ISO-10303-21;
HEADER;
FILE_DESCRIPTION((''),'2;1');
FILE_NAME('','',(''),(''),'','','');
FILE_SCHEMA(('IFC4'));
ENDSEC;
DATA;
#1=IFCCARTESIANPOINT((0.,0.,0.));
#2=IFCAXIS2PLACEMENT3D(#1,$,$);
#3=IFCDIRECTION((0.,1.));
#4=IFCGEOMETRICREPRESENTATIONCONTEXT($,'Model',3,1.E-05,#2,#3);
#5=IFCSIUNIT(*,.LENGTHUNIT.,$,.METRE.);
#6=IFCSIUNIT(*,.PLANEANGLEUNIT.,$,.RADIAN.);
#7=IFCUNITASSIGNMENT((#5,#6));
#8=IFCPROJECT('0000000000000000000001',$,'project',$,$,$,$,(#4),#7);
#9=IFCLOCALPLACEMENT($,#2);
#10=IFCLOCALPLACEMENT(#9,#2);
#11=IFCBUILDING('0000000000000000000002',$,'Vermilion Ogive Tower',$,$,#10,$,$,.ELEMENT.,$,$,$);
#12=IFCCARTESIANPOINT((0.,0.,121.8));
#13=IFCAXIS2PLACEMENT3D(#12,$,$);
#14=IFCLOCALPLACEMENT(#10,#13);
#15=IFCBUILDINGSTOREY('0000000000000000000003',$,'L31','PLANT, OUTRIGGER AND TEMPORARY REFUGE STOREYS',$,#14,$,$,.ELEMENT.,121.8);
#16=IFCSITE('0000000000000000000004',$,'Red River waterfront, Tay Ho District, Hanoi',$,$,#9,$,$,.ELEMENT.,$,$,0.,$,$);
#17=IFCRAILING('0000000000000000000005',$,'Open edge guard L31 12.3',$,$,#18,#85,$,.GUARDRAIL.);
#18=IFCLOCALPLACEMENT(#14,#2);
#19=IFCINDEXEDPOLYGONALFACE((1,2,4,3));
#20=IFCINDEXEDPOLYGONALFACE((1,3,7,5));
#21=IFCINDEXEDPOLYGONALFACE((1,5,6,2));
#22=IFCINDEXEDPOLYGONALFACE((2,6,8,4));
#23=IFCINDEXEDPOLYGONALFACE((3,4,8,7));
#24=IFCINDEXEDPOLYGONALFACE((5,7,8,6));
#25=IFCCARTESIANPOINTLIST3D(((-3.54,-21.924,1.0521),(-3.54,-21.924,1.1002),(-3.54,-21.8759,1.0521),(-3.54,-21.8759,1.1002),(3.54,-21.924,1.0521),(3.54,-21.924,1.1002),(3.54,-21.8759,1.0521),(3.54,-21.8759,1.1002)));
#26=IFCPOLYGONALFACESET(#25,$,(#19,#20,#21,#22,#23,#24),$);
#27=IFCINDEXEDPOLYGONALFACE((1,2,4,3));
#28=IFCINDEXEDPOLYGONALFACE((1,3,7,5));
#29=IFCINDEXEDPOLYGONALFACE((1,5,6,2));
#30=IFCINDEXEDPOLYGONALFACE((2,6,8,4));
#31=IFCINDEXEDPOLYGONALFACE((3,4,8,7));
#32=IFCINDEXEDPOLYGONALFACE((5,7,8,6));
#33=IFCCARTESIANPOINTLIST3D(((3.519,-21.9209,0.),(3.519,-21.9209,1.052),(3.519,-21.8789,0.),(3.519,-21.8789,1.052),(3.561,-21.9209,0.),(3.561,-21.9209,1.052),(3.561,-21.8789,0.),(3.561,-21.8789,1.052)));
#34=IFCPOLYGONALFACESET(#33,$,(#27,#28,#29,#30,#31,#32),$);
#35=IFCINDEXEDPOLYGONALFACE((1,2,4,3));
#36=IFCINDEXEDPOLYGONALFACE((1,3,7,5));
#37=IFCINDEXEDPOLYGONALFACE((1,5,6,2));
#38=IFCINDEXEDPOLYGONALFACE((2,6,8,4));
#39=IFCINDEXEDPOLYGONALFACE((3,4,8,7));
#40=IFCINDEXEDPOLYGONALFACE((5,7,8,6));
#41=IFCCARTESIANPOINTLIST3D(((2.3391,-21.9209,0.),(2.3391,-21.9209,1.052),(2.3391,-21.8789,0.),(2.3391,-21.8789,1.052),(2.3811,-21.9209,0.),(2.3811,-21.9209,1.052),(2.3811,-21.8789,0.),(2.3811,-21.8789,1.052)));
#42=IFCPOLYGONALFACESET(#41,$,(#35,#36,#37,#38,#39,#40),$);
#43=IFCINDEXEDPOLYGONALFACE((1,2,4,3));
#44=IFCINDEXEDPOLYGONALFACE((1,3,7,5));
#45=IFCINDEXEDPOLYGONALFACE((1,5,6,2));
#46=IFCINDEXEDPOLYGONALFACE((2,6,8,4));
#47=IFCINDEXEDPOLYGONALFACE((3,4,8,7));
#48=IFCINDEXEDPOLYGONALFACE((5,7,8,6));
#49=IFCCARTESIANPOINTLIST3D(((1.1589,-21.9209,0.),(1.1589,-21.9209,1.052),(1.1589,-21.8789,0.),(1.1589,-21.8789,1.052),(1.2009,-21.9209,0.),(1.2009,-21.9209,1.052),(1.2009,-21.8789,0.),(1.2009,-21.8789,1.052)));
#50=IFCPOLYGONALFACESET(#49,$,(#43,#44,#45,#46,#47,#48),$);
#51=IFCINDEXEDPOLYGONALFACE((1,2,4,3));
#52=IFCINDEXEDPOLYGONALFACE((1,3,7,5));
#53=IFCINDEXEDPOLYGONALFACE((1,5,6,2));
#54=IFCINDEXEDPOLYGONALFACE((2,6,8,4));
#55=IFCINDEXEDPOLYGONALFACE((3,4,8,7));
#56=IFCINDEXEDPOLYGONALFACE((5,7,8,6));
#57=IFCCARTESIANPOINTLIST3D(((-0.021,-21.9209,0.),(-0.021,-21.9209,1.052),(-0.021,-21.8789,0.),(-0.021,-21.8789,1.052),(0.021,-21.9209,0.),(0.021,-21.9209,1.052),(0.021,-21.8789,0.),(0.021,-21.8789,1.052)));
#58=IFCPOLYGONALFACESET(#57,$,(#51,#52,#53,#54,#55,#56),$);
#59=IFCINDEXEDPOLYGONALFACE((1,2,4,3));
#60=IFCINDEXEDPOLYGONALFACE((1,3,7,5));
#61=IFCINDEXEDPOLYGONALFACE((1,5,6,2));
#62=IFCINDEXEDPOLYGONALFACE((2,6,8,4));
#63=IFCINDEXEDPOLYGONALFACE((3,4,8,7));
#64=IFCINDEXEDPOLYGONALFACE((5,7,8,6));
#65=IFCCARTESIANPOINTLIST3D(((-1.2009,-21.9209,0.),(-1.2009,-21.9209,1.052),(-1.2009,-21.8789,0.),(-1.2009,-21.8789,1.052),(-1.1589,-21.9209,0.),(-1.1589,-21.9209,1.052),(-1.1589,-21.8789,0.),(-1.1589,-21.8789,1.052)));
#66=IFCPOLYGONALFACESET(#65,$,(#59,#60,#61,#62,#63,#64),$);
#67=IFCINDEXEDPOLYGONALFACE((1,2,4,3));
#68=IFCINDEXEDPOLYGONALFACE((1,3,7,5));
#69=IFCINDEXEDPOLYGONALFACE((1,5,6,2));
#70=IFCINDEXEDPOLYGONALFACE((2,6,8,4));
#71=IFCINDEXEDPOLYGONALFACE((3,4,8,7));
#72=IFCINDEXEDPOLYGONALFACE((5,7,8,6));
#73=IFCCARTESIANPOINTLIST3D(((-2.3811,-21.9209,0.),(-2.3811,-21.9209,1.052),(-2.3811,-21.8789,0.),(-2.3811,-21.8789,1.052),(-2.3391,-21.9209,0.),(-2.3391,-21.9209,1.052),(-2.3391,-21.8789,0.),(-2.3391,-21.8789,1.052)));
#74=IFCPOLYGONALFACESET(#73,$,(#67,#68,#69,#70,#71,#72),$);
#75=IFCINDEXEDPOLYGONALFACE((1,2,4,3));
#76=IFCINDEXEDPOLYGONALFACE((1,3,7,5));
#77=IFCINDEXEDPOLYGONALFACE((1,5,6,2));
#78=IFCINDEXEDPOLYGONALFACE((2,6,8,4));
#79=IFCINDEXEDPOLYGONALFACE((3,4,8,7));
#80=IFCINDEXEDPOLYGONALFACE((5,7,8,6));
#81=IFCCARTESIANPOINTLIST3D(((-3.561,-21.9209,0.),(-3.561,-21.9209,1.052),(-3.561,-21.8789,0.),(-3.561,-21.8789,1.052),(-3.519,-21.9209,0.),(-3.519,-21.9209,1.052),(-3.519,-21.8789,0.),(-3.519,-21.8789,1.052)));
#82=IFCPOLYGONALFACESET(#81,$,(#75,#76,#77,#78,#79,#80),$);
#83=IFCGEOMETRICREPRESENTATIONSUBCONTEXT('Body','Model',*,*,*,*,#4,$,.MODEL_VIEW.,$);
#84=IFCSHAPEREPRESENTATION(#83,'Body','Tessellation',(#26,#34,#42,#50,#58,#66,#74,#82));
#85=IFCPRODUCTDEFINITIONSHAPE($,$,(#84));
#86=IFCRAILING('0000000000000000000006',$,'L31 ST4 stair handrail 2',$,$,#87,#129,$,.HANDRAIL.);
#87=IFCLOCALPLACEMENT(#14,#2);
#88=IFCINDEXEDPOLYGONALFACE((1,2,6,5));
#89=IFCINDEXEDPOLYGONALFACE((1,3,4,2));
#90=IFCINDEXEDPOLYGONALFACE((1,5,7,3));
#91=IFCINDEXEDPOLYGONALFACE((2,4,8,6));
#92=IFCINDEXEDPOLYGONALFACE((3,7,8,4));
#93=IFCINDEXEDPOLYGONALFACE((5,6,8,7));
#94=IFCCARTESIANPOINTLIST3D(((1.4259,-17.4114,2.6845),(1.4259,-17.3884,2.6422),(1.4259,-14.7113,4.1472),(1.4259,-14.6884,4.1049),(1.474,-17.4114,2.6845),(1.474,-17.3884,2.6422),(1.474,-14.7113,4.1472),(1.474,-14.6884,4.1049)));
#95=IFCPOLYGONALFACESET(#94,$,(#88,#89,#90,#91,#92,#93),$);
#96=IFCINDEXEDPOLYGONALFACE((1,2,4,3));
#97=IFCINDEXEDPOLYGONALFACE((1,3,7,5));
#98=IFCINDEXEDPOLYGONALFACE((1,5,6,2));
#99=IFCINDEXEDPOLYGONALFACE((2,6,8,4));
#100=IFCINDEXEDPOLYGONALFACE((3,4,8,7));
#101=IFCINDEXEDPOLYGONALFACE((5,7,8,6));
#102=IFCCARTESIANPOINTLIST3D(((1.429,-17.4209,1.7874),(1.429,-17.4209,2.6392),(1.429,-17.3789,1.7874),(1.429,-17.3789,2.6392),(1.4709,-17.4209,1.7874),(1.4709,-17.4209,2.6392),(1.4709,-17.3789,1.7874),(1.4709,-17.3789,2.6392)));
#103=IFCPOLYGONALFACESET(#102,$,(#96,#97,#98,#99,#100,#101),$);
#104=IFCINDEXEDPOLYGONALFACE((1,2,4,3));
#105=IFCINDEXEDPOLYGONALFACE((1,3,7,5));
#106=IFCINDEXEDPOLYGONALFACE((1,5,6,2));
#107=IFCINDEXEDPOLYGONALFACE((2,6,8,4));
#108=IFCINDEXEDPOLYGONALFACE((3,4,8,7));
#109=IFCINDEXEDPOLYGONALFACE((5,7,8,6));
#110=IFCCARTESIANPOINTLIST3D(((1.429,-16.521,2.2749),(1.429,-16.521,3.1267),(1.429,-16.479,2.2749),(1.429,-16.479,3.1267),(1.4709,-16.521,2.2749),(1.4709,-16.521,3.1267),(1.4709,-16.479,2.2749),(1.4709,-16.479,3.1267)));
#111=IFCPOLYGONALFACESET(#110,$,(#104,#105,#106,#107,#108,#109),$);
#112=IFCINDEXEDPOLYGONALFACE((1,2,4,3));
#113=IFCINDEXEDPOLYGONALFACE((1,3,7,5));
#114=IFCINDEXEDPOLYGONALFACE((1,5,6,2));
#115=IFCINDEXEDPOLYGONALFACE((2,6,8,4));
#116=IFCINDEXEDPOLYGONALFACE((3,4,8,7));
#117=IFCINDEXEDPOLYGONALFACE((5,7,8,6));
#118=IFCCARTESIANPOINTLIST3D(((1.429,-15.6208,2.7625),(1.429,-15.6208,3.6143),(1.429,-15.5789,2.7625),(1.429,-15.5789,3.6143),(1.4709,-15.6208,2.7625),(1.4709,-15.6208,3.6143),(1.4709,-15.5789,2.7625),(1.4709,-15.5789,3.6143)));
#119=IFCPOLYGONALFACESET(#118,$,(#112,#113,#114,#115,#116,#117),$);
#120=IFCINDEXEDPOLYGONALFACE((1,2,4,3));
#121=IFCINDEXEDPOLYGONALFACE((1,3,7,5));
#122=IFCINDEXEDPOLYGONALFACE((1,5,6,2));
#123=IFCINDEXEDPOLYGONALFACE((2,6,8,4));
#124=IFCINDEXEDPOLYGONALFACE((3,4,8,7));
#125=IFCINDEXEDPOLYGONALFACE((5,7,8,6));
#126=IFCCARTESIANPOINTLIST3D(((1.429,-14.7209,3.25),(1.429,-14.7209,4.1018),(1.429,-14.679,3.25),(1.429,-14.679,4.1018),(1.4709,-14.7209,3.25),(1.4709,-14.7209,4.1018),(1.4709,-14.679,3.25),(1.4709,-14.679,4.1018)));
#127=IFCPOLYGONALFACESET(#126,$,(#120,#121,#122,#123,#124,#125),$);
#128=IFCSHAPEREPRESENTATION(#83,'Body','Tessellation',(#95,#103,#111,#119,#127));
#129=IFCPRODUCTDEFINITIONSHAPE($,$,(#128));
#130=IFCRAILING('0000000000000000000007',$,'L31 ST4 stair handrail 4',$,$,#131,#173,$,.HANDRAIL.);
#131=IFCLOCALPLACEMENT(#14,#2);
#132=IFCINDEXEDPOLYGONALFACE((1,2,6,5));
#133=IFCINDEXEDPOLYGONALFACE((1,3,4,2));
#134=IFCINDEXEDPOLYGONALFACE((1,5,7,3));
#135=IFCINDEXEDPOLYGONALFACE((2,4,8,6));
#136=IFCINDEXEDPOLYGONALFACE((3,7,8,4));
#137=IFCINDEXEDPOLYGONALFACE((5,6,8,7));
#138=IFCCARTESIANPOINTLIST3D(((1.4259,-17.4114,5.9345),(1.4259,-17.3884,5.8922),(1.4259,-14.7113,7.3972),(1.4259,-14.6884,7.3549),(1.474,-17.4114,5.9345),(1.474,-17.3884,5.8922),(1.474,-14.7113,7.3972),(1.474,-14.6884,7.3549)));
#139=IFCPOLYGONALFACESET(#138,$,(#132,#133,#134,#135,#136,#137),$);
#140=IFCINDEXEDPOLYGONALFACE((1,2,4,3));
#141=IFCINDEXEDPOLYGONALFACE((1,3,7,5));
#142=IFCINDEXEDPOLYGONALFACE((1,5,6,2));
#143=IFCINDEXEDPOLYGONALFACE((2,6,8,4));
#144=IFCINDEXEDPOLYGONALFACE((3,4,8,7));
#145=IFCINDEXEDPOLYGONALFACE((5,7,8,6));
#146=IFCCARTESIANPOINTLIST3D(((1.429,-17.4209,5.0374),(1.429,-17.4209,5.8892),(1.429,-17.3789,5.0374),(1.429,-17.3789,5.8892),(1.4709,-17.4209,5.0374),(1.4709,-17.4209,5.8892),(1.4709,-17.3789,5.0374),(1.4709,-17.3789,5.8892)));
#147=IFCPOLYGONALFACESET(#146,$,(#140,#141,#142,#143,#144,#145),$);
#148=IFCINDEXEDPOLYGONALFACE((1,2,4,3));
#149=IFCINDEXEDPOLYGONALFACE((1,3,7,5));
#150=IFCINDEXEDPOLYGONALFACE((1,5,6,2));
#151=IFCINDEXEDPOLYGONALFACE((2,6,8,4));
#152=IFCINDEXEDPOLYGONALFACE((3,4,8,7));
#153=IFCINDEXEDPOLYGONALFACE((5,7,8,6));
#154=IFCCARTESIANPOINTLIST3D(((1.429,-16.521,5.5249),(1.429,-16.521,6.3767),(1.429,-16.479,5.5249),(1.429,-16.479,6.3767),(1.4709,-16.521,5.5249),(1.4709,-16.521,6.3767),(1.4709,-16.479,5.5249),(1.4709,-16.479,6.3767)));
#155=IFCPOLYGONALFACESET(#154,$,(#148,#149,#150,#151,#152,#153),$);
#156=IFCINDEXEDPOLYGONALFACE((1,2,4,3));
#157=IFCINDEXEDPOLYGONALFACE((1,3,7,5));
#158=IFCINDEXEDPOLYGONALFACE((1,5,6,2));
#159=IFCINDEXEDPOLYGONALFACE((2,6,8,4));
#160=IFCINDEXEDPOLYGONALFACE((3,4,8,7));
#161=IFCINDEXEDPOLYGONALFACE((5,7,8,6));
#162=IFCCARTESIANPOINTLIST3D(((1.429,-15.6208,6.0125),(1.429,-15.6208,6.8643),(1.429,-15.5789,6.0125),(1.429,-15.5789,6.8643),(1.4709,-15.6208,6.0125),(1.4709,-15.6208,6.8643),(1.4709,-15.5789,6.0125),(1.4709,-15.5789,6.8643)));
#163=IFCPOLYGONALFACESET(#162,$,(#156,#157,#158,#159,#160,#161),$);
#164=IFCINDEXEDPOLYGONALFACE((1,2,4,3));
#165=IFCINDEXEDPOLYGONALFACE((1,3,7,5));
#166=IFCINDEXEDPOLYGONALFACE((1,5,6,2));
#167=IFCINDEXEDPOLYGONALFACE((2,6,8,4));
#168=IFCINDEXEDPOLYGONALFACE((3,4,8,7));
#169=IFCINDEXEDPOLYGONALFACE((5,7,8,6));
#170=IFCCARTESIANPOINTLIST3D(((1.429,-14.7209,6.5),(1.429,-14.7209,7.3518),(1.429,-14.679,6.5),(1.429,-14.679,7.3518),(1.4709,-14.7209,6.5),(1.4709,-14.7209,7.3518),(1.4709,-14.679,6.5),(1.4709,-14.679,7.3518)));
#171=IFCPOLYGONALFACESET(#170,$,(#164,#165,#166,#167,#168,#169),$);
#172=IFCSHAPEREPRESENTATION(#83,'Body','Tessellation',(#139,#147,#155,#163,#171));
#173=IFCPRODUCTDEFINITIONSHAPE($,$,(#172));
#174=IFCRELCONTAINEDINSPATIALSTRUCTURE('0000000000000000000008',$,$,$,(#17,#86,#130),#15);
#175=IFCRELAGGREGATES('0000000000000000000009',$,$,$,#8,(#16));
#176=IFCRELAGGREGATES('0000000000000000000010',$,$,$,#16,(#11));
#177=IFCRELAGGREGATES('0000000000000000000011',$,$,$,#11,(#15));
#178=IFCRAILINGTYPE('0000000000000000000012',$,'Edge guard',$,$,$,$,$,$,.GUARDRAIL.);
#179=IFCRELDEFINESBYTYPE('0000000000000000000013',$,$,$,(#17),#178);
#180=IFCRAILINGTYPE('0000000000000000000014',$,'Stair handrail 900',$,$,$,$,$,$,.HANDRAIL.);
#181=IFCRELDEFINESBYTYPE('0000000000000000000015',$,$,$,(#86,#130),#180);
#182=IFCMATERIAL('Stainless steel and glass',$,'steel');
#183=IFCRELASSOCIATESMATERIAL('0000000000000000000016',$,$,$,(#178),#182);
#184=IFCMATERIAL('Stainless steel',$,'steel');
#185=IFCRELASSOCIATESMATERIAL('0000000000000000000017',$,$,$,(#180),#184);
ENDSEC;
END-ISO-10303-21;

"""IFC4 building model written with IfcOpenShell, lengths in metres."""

from ifc_helpers import new_model, si_unit, direction, frame, origin, origin_2d, place, context, subcontext, project, spatial, rectangle, extrude, material, type_object, element, save


model = new_model("IFC4")

# Units and contexts
model_context = context("Model", 3, precision=1e-05, world=origin(), true_north=direction((0.0, 1.0)))
body_context = subcontext(model_context, "Body", "Model", "MODEL_VIEW")
ifc_project = project(units=[si_unit("LENGTHUNIT", "METRE"), si_unit("PLANEANGLEUNIT", "RADIAN")], contexts=[model_context])

# Site, building, storey
site_placement = place(None, origin())
site = spatial("IfcSite", under=ifc_project, at=site_placement, Name="Red River waterfront, Tay Ho District, Hanoi", CompositionType="ELEMENT", RefElevation=0.0)
building_placement = place(site_placement, origin())
building = spatial("IfcBuilding", under=site, at=building_placement, Name="Vermilion Ogive Tower", CompositionType="ELEMENT")
storey_placement = place(building_placement, frame((0.0, 0.0, 121.8)))
storey = spatial("IfcBuildingStorey", under=building, at=storey_placement, Name="L31", Description="PLANT, OUTRIGGER AND TEMPORARY REFUGE STOREYS", CompositionType="ELEMENT", Elevation=121.8)

# Railings
ifc_material_1 = material(Name="Stainless steel and glass", Category="steel")
railing_type_1 = type_object("IfcRailingType", Name="Edge guard", PredefinedType="GUARDRAIL", material=ifc_material_1)
railing_placement = place(storey_placement, frame((3.54, -21.8999, 0.0)))
element("IfcRailing", 1, at=railing_placement, inside=storey, type_object=railing_type_1, Name="Open edge guard L31 12.3", PredefinedType="GUARDRAIL", context=body_context, shape_type="SweptSolid", body=[
    extrude(rectangle(XDim=0.0481, YDim=0.0481, at=origin_2d()), frame((0.0, 0.0, 1.0762), z_axis=(-1.0, 0.0, 0.0), x_axis=(0.0, -1.0, 0.0)), (0.0, 0.0, 1.0), 7.0801),
    extrude(rectangle(XDim=0.042, YDim=0.042, at=origin_2d()), origin(), (0.0, 0.0, 1.0), 1.052),
    extrude(rectangle(XDim=0.042, YDim=0.042, at=origin_2d()), frame((-1.1799, 0.0, 0.0)), (0.0, 0.0, 1.0), 1.052),
    extrude(rectangle(XDim=0.042, YDim=0.042, at=origin_2d()), frame((-2.3601, 0.0, 0.0)), (0.0, 0.0, 1.0), 1.052),
    extrude(rectangle(XDim=0.042, YDim=0.042, at=origin_2d()), frame((-3.54, 0.0, 0.0)), (0.0, 0.0, 1.0), 1.052),
    extrude(rectangle(XDim=0.042, YDim=0.042, at=origin_2d()), frame((-4.72, 0.0, 0.0)), (0.0, 0.0, 1.0), 1.052),
    extrude(rectangle(XDim=0.042, YDim=0.042, at=origin_2d()), frame((-5.9001, 0.0, 0.0)), (0.0, 0.0, 1.0), 1.052),
    extrude(rectangle(XDim=0.042, YDim=0.042, at=origin_2d()), frame((-7.0801, 0.0, 0.0)), (0.0, 0.0, 1.0), 1.052),
])
ifc_material_2 = material(Name="Stainless steel", Category="steel")
railing_type_2 = type_object("IfcRailingType", Name="Stair handrail 900", PredefinedType="HANDRAIL", material=ifc_material_2)
for number, where, name in (
    (2, (1.45, -17.3999, 1.7874), "L31 ST4 stair handrail 2"),
    (3, (1.45, -17.3999, 5.0374), "L31 ST4 stair handrail 4"),
):
    element("IfcRailing", number, at=place(storey_placement, frame(where)), inside=storey, type_object=railing_type_2, Name=name, PredefinedType="HANDRAIL", context=body_context, shape_type="SweptSolid", body=[
        extrude(rectangle(XDim=0.0481, YDim=0.0481, at=origin_2d()), frame((0.0, 0.0, 0.876), z_axis=(0.0, 0.879268, 0.476327), x_axis=(-1.0, 0.0, 0.0)), (0.0, 0.0, 1.0), 3.0708),
        extrude(rectangle(XDim=0.042, YDim=0.042, at=origin_2d()), origin(), (0.0, 0.0, 1.0), 0.8518),
        extrude(rectangle(XDim=0.042, YDim=0.042, at=origin_2d()), frame((0.0, 0.8999, 0.4875)), (0.0, 0.0, 1.0), 0.8518),
        extrude(rectangle(XDim=0.042, YDim=0.042, at=origin_2d()), frame((0.0, 1.8, 0.9751)), (0.0, 0.0, 1.0), 0.8518),
        extrude(rectangle(XDim=0.042, YDim=0.042, at=origin_2d()), frame((0.0, 2.7, 1.4626)), (0.0, 0.0, 1.0), 0.8518),
    ])

save(model, "model.ifc")
